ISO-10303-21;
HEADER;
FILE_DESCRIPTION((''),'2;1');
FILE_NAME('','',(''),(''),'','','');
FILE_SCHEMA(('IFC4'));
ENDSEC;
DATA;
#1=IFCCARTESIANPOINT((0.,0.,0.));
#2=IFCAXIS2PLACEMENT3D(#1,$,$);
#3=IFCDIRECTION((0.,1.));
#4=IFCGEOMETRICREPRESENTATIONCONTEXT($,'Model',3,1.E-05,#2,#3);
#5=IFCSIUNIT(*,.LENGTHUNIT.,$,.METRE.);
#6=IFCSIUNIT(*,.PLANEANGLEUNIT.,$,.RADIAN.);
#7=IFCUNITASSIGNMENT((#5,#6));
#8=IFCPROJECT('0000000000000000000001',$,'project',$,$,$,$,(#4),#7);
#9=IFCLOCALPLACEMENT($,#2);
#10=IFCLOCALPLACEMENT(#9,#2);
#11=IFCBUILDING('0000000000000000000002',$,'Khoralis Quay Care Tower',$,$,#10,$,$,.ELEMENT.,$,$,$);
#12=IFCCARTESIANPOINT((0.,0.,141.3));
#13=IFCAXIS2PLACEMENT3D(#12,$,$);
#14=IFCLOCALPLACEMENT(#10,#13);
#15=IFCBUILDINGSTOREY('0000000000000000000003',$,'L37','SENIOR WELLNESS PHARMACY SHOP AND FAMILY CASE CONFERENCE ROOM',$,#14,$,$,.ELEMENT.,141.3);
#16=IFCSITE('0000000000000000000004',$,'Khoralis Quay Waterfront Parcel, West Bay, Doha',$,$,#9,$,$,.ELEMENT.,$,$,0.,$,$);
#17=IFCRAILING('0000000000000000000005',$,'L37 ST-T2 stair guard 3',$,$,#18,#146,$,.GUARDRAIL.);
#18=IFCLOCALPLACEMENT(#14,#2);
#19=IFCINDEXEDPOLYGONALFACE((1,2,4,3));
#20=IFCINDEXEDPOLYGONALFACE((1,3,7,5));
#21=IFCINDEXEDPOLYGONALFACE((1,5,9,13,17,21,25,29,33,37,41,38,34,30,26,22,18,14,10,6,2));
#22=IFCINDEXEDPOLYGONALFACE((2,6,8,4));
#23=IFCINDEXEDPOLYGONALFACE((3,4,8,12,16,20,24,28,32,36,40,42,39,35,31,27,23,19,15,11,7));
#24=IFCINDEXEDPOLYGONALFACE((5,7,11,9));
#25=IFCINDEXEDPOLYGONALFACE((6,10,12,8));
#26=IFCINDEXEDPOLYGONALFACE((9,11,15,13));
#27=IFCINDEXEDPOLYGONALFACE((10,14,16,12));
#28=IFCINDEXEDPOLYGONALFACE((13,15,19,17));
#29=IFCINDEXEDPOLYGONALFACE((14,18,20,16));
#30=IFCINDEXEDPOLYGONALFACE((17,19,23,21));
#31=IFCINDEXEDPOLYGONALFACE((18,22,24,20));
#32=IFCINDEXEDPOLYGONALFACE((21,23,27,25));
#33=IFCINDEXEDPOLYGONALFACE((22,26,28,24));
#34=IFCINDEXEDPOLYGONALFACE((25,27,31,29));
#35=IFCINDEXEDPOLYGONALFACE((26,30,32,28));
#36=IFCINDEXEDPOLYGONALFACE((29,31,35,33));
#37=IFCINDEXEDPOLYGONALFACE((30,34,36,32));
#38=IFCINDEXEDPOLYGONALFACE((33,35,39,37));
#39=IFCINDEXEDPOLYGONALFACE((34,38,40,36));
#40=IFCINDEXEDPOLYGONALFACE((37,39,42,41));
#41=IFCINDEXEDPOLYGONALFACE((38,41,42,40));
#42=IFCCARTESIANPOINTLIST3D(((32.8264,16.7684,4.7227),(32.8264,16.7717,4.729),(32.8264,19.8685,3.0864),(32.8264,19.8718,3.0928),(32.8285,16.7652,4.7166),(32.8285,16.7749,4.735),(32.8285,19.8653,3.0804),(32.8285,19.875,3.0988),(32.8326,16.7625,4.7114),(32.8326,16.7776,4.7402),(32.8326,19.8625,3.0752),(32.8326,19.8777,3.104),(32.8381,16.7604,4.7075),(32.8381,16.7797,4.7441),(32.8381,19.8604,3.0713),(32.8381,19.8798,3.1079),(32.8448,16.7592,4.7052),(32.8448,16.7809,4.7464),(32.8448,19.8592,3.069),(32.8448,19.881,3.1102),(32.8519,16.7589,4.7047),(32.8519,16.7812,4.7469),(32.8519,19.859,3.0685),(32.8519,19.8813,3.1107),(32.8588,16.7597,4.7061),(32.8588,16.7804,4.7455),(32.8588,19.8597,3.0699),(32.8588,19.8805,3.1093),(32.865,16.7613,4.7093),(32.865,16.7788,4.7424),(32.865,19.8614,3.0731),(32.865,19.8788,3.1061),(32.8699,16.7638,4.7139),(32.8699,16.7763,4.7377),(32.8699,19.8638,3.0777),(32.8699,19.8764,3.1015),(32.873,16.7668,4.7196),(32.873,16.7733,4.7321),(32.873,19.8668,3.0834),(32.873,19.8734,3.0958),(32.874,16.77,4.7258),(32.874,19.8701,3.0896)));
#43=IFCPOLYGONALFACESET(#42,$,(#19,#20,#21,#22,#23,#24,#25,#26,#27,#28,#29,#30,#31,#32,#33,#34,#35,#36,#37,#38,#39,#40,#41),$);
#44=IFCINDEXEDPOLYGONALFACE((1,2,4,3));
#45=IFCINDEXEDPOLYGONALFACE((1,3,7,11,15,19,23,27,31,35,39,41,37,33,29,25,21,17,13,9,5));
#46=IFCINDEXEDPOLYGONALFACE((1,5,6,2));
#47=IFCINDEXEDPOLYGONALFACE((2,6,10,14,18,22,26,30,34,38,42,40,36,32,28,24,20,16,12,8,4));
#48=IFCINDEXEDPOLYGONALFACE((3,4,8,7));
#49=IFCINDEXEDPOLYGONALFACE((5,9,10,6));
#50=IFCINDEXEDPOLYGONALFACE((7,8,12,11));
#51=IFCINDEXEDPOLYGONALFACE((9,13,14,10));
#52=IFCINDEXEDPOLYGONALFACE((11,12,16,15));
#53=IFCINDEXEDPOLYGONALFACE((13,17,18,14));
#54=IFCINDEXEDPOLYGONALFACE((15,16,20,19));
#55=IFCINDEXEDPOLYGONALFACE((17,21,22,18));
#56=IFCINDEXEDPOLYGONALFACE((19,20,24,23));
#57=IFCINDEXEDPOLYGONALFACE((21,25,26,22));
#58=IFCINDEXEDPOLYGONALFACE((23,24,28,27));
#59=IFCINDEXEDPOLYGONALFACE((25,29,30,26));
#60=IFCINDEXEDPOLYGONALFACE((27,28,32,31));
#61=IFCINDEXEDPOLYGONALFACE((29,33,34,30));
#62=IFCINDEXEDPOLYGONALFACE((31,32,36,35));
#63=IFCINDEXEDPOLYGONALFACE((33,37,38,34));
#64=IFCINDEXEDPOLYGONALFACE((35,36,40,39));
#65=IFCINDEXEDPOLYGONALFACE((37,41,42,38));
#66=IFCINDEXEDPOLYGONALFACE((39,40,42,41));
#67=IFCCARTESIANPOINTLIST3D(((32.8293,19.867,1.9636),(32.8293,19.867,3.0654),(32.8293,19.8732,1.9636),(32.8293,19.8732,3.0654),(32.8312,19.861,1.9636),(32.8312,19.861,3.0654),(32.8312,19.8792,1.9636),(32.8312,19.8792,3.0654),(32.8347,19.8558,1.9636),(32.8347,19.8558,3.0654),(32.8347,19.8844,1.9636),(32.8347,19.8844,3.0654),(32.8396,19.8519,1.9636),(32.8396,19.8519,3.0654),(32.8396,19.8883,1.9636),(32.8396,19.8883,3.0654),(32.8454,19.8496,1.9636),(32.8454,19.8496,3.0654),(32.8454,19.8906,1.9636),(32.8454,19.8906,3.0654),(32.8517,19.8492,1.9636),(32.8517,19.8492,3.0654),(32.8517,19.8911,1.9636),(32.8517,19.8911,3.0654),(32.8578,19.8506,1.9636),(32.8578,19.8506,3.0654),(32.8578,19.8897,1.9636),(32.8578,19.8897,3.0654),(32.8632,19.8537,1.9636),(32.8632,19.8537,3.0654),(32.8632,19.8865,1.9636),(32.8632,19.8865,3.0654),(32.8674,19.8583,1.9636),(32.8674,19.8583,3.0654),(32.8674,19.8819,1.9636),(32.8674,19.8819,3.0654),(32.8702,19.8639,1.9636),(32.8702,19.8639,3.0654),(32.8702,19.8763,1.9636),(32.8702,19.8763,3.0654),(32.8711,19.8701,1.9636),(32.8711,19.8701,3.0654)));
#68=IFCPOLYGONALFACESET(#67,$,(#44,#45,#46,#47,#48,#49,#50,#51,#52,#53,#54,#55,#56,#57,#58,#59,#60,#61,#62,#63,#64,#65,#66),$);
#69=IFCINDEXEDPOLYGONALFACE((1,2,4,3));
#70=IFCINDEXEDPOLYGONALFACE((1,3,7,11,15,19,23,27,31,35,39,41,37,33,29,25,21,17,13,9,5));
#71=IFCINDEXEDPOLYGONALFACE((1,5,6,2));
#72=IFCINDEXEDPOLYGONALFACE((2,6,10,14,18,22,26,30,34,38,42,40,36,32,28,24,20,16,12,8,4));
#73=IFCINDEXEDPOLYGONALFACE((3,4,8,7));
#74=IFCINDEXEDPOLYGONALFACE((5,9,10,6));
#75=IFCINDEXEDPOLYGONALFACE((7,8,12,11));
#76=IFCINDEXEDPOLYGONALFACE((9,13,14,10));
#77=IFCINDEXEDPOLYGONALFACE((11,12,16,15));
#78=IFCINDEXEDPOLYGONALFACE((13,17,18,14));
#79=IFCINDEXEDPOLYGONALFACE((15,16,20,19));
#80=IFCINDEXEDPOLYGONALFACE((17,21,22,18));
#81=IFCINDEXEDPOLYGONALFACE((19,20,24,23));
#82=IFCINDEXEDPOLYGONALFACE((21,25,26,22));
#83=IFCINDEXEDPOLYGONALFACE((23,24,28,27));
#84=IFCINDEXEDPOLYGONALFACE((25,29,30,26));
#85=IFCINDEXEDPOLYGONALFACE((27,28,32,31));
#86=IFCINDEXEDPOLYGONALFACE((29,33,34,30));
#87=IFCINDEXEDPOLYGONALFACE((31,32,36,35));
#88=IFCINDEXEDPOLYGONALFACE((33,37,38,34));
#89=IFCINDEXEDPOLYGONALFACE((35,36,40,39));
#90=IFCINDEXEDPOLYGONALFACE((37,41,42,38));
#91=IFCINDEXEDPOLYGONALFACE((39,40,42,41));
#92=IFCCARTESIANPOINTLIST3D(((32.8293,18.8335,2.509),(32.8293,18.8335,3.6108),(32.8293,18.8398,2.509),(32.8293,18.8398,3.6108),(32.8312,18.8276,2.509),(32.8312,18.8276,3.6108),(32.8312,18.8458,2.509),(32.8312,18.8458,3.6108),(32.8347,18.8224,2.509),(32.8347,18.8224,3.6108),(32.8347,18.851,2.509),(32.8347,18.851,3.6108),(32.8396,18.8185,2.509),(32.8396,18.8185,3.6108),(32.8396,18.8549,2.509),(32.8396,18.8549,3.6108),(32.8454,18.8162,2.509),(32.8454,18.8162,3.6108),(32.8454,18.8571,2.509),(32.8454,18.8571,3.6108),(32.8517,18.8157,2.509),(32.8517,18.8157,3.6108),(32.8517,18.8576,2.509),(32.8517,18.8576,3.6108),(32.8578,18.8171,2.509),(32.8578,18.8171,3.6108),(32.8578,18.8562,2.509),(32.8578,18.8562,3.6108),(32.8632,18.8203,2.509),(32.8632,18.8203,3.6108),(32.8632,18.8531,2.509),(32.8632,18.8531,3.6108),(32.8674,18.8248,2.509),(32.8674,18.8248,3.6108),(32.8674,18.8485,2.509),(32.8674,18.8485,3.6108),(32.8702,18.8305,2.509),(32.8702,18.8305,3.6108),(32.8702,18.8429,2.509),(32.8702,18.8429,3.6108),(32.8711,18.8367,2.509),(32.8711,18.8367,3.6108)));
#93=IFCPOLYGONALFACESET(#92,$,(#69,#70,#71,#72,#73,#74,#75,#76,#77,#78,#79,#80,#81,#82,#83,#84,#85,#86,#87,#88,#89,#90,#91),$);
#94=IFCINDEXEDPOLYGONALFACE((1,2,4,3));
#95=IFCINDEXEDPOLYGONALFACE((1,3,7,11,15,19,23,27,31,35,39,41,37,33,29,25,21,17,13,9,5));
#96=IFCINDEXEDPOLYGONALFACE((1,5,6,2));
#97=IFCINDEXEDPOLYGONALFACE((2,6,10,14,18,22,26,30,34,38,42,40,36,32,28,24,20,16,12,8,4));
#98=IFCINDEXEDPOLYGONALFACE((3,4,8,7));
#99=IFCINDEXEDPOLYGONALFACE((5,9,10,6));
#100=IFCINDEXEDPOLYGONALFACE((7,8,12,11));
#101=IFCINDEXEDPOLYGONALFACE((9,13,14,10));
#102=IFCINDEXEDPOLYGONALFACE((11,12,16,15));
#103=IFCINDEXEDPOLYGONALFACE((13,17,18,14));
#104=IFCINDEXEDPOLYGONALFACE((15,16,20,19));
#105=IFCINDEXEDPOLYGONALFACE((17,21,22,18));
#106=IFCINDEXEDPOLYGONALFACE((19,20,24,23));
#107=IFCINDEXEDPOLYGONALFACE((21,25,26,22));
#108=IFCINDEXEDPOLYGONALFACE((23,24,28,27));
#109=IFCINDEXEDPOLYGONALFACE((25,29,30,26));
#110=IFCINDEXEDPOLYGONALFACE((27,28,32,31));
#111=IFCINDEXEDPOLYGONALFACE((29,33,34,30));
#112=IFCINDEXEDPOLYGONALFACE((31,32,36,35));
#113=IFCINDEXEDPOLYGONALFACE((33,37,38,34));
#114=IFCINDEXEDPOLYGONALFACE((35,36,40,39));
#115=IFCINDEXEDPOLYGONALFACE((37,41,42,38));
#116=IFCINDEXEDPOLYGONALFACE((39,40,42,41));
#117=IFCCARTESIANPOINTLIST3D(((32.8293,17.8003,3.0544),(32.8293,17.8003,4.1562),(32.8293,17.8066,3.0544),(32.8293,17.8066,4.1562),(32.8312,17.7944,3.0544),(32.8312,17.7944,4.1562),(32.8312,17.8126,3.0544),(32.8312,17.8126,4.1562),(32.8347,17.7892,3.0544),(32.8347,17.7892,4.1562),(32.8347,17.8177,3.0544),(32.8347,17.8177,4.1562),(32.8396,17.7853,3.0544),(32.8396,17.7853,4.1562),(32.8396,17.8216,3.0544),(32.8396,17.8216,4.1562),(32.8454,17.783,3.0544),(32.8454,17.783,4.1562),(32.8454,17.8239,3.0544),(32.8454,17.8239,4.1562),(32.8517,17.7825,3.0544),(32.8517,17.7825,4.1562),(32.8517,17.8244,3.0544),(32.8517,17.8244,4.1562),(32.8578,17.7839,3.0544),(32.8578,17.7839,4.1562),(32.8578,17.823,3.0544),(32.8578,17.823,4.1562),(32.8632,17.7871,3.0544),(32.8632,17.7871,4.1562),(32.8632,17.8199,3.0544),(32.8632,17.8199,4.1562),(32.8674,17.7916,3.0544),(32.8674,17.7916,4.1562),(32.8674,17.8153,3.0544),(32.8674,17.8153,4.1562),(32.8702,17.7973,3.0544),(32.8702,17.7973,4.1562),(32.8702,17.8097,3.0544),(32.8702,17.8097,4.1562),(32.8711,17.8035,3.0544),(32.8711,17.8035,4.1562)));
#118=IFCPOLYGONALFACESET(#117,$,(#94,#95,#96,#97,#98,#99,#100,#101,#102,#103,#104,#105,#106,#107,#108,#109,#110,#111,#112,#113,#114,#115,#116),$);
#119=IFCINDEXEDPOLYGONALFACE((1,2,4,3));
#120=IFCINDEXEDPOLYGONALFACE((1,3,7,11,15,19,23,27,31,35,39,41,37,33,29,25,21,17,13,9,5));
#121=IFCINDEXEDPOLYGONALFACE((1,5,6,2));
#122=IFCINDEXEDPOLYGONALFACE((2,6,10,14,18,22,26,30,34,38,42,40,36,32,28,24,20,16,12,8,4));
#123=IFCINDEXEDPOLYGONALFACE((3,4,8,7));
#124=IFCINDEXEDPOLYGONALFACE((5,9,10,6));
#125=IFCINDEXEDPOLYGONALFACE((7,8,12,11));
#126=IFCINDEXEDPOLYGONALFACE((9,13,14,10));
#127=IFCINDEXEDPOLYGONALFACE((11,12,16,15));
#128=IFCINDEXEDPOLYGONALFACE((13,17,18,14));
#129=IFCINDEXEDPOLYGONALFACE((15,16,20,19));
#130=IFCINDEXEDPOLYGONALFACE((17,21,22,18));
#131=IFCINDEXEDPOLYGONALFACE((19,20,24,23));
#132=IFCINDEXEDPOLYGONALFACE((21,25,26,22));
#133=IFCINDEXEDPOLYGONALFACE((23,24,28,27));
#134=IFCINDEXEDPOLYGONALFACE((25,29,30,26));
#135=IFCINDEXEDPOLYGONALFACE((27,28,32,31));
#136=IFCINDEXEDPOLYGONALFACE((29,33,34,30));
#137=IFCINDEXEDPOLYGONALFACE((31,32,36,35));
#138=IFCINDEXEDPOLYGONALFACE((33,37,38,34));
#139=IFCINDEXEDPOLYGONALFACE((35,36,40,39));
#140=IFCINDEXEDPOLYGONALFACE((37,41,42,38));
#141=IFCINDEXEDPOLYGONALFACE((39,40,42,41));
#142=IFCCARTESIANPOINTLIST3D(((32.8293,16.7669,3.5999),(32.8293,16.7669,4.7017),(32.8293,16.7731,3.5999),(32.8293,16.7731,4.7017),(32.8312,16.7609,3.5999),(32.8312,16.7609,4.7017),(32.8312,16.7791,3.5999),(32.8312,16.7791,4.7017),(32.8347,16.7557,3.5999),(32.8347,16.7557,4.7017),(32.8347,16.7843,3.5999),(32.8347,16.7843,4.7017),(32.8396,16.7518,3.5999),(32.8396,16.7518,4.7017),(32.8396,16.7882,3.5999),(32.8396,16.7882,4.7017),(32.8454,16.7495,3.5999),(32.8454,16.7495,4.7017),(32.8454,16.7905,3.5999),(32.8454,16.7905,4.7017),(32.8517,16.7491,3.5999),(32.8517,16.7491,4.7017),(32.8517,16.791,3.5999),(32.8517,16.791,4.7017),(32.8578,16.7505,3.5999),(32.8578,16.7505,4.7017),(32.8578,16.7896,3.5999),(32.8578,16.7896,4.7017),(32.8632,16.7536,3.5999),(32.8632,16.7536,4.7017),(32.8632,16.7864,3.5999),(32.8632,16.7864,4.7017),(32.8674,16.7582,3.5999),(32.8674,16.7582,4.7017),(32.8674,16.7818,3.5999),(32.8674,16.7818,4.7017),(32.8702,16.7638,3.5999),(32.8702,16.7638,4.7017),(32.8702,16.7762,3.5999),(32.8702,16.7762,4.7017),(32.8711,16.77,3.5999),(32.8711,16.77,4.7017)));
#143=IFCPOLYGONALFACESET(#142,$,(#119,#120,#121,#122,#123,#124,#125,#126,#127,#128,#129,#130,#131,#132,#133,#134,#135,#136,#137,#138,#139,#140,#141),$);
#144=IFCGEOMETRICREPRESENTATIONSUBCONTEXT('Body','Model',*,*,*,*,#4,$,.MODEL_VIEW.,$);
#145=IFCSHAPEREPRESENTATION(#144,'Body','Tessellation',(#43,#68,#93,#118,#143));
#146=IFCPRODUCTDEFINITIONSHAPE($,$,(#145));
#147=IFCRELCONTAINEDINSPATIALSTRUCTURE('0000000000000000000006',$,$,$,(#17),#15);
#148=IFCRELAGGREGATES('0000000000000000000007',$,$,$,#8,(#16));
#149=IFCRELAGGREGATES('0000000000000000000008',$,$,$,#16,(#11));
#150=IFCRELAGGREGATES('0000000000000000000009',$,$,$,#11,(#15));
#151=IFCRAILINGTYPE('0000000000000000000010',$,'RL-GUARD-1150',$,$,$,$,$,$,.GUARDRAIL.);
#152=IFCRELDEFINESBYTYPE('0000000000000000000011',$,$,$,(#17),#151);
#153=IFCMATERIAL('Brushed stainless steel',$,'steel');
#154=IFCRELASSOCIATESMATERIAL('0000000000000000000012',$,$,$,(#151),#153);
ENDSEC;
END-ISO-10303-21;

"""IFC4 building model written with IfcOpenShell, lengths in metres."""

from ifc_helpers import new_model, si_unit, direction, frame, origin, origin_2d, place, context, subcontext, project, spatial, circle, extrude, material, type_object, element, save


model = new_model("IFC4")

# Units and contexts
model_context = context("Model", 3, precision=1e-05, world=origin(), true_north=direction((0.0, 1.0)))
body_context = subcontext(model_context, "Body", "Model", "MODEL_VIEW")
ifc_project = project(units=[si_unit("LENGTHUNIT", "METRE"), si_unit("PLANEANGLEUNIT", "RADIAN")], contexts=[model_context])

# Site, building, storey
site_placement = place(None, origin())
site = spatial("IfcSite", under=ifc_project, at=site_placement, Name="Khoralis Quay Waterfront Parcel, West Bay, Doha", CompositionType="ELEMENT", RefElevation=0.0)
building_placement = place(site_placement, origin())
building = spatial("IfcBuilding", under=site, at=building_placement, Name="Khoralis Quay Care Tower", CompositionType="ELEMENT")
storey_placement = place(building_placement, frame((0.0, 0.0, 141.3)))
storey = spatial("IfcBuildingStorey", under=building, at=storey_placement, Name="L37", Description="SENIOR WELLNESS PHARMACY SHOP AND FAMILY CASE CONFERENCE ROOM", CompositionType="ELEMENT", Elevation=141.3)

# Shared definitions
ifc_material_1 = material(Name="Brushed stainless steel", Category="steel")

# Railing
railing_type_1 = type_object("IfcRailingType", Name="RL-GUARD-1150", PredefinedType="GUARDRAIL", material=ifc_material_1)
railing_1_placement = place(storey_placement, frame((32.8501, 19.8701, 1.9636)))
element("IfcRailing", 1, at=railing_1_placement, inside=storey, type_object=railing_type_1, Name="L37 ST-T2 stair guard 3", PredefinedType="GUARDRAIL", context=body_context, shape_type="SweptSolid", body=[
    extrude(circle(Radius=0.0239, at=origin_2d()), frame((0.0, 0.0, 1.126), z_axis=(0.0, -0.884377, 0.466774), x_axis=(1.0, 0.0, 0.0)), (0.0, 0.0, 1.0), 3.5054),
    extrude(circle(Radius=0.021, at=origin_2d()), origin(), (0.0, 0.0, 1.0), 1.1018),
    extrude(circle(Radius=0.021, at=origin_2d()), frame((0.0, -1.0334, 0.5454)), (0.0, 0.0, 1.0), 1.1018),
    extrude(circle(Radius=0.021, at=origin_2d()), frame((0.0, -2.0667, 1.0908)), (0.0, 0.0, 1.0), 1.1018),
    extrude(circle(Radius=0.021, at=origin_2d()), frame((0.0, -3.1001, 1.6362)), (0.0, 0.0, 1.0), 1.1018),
])

save(model, "model.ifc")
